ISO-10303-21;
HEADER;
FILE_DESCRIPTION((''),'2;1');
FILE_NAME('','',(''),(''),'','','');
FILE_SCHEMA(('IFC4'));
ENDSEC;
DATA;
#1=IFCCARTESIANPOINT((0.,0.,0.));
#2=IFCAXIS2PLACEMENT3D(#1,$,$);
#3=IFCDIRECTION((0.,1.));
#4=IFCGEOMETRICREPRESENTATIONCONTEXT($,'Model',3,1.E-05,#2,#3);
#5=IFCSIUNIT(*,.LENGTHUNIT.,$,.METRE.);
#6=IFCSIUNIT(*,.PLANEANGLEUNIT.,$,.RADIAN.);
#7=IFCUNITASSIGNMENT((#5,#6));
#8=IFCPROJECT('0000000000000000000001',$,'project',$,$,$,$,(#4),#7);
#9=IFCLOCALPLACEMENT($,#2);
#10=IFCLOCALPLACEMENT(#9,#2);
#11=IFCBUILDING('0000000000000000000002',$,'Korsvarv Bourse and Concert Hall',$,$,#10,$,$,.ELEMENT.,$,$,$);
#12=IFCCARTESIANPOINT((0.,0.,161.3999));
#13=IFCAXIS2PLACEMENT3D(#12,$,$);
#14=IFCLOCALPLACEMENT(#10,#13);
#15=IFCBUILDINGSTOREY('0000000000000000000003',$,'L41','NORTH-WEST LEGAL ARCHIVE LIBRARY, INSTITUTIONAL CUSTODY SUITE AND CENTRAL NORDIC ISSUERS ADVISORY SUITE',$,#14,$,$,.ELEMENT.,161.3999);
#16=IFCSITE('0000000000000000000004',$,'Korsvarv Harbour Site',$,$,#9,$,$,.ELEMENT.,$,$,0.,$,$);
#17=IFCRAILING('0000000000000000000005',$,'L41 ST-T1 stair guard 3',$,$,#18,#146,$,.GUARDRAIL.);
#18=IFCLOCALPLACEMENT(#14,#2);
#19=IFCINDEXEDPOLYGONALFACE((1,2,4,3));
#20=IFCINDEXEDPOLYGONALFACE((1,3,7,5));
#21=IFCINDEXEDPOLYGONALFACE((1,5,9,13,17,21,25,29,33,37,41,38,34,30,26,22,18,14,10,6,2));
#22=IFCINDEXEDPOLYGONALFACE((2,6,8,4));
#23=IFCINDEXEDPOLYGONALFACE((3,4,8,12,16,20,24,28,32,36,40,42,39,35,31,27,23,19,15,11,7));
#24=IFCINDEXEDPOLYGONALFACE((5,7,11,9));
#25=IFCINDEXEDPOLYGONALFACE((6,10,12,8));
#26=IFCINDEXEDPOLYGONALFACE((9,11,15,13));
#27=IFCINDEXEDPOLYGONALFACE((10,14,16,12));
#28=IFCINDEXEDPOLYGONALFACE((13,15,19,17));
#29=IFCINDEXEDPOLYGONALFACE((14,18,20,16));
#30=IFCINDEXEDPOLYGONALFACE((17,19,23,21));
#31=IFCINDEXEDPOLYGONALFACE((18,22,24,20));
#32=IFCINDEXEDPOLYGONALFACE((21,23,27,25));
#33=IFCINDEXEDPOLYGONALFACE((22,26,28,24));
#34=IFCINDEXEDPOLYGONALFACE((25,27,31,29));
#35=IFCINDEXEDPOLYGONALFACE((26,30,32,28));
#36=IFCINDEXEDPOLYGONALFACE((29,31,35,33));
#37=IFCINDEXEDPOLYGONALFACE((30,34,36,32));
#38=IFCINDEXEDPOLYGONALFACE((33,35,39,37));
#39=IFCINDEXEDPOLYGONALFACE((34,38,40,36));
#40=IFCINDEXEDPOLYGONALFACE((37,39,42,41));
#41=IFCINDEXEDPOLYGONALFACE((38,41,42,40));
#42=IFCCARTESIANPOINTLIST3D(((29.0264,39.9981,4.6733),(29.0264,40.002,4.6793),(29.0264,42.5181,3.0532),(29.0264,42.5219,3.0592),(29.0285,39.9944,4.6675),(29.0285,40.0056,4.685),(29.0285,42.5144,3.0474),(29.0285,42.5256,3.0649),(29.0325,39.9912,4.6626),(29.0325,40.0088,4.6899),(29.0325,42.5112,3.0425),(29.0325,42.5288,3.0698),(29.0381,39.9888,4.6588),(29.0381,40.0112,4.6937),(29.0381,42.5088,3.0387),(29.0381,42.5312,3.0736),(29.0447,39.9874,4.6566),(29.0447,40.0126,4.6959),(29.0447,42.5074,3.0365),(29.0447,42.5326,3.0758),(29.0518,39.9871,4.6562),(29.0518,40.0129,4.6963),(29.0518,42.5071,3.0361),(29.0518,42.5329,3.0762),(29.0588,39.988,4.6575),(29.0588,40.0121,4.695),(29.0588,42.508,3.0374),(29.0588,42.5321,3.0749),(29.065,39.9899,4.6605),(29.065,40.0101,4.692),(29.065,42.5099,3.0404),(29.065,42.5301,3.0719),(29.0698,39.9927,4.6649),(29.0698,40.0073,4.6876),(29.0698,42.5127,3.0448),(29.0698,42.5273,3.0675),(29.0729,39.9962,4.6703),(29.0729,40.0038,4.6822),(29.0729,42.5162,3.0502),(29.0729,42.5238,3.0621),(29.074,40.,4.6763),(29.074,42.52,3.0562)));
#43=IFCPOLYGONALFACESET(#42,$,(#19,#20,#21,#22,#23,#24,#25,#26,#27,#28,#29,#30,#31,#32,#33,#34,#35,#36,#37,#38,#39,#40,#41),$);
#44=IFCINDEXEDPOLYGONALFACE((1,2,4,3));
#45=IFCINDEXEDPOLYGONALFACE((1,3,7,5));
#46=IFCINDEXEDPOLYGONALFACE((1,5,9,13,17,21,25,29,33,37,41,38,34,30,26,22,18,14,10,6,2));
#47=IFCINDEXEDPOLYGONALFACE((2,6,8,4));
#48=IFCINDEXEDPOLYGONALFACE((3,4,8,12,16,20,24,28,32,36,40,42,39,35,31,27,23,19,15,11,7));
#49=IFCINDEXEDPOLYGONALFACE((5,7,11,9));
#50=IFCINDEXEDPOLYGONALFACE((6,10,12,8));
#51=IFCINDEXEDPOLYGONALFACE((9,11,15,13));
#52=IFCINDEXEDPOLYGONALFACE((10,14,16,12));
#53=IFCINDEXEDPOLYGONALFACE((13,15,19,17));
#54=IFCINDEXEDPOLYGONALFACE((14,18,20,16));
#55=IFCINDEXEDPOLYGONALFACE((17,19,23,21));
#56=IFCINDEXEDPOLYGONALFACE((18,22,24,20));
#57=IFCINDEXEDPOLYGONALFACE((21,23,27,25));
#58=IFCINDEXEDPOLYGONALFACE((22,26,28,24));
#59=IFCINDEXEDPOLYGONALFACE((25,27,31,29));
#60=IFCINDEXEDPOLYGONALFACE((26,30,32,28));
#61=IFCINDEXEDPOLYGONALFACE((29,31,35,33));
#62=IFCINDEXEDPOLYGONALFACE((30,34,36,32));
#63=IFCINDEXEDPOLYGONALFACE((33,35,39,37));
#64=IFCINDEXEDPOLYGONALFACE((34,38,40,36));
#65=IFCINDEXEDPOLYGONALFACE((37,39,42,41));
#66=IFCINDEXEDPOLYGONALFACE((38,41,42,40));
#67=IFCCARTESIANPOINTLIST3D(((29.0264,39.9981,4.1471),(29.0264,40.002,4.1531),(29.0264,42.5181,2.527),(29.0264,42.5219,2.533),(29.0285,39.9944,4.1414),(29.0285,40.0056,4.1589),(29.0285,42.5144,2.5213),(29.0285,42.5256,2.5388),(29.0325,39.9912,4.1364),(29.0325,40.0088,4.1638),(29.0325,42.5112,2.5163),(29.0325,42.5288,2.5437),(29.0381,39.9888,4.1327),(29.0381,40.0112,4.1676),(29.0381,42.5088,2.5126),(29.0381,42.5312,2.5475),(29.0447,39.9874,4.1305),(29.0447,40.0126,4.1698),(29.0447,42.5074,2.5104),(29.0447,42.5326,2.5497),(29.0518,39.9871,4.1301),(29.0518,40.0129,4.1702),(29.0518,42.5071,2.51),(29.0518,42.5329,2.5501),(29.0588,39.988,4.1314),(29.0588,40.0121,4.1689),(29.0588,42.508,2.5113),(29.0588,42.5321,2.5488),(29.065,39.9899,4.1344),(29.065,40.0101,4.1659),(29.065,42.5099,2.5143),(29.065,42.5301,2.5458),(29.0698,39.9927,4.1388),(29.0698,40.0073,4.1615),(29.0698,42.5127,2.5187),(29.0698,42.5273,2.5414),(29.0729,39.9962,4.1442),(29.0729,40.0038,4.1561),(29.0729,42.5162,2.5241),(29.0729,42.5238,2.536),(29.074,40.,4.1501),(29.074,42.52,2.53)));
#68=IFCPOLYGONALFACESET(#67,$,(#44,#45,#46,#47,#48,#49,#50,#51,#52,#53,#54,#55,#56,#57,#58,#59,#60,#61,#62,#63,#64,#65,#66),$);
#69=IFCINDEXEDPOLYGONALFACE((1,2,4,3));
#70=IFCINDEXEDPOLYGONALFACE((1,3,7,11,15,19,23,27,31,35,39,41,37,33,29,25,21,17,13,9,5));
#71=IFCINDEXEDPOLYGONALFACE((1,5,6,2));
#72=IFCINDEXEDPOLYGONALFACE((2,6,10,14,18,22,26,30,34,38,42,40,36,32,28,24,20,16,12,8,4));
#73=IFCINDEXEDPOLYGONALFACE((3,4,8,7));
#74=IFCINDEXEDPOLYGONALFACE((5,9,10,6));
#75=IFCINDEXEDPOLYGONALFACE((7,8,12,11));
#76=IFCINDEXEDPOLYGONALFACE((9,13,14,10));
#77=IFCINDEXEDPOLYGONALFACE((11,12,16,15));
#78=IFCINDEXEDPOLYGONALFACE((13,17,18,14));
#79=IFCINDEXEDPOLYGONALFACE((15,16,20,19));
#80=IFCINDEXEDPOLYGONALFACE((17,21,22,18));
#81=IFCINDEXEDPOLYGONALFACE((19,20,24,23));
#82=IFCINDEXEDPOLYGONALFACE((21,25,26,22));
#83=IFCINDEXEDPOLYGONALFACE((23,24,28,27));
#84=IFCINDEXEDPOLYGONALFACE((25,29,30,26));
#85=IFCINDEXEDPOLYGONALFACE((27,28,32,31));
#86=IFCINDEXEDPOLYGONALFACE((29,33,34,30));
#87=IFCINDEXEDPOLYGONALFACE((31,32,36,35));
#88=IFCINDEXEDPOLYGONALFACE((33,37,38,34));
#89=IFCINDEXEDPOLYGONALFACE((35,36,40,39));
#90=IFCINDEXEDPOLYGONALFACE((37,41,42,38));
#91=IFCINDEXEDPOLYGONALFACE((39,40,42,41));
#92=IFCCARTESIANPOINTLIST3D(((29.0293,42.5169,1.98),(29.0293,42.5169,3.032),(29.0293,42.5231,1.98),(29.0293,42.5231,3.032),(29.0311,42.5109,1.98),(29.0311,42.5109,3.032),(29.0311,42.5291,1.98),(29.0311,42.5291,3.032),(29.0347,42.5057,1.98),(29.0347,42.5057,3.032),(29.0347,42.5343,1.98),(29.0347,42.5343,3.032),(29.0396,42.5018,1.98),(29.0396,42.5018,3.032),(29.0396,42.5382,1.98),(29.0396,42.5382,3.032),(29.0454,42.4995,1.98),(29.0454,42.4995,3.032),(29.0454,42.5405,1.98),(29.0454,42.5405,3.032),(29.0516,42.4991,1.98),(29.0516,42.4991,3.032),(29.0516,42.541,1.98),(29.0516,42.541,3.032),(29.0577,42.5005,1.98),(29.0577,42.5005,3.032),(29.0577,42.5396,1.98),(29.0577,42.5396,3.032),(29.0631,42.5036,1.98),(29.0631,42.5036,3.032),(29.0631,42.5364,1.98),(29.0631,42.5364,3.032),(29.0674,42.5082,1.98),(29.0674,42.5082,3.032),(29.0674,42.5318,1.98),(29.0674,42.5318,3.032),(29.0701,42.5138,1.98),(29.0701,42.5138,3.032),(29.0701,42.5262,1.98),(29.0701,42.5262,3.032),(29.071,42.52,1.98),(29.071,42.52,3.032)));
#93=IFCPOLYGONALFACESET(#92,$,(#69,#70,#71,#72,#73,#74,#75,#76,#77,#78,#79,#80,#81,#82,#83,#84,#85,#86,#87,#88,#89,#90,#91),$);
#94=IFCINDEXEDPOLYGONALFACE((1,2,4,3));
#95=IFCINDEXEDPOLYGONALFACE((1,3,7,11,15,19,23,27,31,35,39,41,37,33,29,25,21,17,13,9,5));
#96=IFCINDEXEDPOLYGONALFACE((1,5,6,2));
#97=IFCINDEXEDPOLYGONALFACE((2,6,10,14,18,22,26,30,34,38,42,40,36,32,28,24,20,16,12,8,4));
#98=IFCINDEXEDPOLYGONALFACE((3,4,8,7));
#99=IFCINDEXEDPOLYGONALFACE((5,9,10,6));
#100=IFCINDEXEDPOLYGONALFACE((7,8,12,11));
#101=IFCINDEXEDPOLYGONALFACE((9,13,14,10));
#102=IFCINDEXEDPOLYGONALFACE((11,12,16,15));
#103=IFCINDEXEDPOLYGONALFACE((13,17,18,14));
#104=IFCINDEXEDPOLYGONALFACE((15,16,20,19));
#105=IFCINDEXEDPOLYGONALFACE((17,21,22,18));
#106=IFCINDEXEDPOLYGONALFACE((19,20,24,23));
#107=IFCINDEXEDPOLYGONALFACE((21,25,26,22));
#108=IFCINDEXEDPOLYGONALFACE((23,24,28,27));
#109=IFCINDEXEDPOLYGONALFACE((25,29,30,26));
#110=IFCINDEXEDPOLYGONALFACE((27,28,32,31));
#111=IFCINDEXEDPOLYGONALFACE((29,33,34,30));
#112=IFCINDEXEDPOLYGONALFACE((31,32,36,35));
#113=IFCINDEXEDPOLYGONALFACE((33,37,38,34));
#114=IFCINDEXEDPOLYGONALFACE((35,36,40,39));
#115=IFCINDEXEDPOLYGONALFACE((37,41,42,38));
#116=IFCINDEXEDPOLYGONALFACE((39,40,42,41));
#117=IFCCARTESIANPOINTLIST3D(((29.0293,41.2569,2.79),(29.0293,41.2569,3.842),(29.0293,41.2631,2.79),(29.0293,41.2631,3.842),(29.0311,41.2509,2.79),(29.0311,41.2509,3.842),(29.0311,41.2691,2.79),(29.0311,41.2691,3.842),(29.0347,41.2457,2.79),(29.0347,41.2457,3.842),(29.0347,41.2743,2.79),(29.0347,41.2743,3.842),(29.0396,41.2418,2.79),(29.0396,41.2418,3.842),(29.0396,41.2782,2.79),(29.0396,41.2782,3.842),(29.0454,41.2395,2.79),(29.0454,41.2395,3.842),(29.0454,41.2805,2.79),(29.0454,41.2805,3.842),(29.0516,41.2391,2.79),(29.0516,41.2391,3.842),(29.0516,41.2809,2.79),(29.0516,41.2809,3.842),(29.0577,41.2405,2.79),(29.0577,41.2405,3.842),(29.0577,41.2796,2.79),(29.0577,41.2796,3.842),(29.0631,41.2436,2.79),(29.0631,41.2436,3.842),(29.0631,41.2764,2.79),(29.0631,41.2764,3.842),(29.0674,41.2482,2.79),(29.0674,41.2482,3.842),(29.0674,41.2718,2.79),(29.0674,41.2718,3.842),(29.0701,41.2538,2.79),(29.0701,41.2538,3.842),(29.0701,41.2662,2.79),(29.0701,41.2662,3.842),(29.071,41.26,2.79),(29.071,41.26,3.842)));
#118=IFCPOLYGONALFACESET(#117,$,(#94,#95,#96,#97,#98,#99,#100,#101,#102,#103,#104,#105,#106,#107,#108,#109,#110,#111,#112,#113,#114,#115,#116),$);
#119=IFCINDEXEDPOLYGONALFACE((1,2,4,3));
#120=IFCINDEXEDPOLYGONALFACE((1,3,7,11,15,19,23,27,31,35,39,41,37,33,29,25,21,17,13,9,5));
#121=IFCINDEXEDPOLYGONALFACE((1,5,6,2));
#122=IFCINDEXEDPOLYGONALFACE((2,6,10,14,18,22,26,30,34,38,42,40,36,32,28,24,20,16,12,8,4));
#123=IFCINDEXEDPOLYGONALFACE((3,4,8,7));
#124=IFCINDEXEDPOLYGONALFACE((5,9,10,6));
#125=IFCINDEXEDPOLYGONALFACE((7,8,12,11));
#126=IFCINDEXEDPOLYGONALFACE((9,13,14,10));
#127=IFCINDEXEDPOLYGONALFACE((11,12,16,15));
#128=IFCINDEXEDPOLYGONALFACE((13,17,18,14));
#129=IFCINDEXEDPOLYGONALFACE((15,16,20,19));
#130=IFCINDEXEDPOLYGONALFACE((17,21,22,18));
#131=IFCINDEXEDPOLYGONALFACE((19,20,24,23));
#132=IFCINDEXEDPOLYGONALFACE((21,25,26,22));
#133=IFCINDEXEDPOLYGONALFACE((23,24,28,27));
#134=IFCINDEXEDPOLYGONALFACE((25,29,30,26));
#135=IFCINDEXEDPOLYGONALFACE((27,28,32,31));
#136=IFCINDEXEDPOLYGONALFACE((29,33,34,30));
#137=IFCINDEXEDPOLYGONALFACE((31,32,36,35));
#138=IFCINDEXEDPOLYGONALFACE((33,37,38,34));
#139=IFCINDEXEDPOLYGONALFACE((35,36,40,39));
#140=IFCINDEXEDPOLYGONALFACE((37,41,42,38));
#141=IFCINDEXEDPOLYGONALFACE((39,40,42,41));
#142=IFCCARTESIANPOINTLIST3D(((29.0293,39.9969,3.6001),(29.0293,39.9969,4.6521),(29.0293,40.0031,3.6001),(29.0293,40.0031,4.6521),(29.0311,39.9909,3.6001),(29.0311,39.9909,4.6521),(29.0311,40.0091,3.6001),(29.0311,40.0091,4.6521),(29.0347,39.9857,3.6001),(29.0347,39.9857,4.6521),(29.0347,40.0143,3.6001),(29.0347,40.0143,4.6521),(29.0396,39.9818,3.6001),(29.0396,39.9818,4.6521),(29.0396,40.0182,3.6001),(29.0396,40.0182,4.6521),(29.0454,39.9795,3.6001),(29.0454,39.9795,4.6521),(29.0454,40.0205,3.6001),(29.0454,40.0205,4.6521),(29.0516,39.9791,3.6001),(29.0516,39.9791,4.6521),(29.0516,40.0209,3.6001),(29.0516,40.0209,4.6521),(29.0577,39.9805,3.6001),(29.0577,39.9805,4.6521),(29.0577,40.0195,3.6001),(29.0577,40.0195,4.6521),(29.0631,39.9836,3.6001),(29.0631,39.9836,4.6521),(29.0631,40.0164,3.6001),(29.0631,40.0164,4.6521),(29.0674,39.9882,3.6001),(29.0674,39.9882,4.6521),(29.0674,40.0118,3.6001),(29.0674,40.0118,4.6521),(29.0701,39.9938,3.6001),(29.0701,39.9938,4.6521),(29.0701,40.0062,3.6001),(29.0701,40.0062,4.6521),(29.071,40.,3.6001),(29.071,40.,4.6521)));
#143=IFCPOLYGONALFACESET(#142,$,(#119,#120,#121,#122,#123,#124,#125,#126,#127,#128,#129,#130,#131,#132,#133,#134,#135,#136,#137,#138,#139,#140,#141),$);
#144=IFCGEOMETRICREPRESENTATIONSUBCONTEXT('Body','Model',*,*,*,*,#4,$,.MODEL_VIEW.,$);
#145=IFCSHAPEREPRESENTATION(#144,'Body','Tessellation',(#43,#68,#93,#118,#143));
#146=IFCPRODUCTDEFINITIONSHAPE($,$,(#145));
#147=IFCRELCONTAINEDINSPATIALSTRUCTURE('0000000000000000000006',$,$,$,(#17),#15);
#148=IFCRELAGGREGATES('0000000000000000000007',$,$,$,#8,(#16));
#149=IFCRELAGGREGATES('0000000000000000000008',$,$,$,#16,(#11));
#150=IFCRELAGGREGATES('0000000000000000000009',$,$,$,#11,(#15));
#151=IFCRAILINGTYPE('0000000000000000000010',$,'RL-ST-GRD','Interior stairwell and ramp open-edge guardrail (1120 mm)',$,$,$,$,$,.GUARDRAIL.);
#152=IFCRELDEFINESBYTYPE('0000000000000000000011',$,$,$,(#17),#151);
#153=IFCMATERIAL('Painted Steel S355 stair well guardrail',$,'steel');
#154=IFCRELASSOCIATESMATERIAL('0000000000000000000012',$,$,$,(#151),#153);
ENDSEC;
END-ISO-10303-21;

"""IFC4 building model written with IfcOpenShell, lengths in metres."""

from ifc_helpers import new_model, si_unit, direction, frame, origin, origin_2d, place, context, subcontext, project, spatial, circle, extrude, material, type_object, element, save


model = new_model("IFC4")

# Units and contexts
model_context = context("Model", 3, precision=1e-05, world=origin(), true_north=direction((0.0, 1.0)))
body_context = subcontext(model_context, "Body", "Model", "MODEL_VIEW")
ifc_project = project(units=[si_unit("LENGTHUNIT", "METRE"), si_unit("PLANEANGLEUNIT", "RADIAN")], contexts=[model_context])

# Site, building, storey
site_placement = place(None, origin())
site = spatial("IfcSite", under=ifc_project, at=site_placement, Name="Korsvarv Harbour Site", CompositionType="ELEMENT", RefElevation=0.0)
building_placement = place(site_placement, origin())
building = spatial("IfcBuilding", under=site, at=building_placement, Name="Korsvarv Bourse and Concert Hall", CompositionType="ELEMENT")
storey_placement = place(building_placement, frame((0.0, 0.0, 161.3999)))
storey = spatial("IfcBuildingStorey", under=building, at=storey_placement, Name="L41", Description="NORTH-WEST LEGAL ARCHIVE LIBRARY, INSTITUTIONAL CUSTODY SUITE AND CENTRAL NORDIC ISSUERS ADVISORY SUITE", CompositionType="ELEMENT", Elevation=161.3999)

# Railing
ifc_material_1 = material(Name="Painted Steel S355 stair well guardrail", Category="steel")
railing_type = type_object("IfcRailingType", Name="RL-ST-GRD", Description="Interior stairwell and ramp open-edge guardrail (1120 mm)", PredefinedType="GUARDRAIL", material=ifc_material_1)
railing_1_placement = place(storey_placement, frame((29.05, 42.52, 1.98)))
element("IfcRailing", 1, at=railing_1_placement, inside=storey, type_object=railing_type, Name="L41 ST-T1 stair guard 3", PredefinedType="GUARDRAIL", context=body_context, shape_type="SweptSolid", body=[
    extrude(circle(Radius=0.0239, at=origin_2d()), frame((0.0, 0.0, 1.0762), z_axis=(0.0, -0.841163, 0.540782), x_axis=(1.0, 0.0, 0.0)), (0.0, 0.0, 1.0), 2.9958),
    extrude(circle(Radius=0.0239, at=origin_2d()), frame((0.0, 0.0, 0.55), z_axis=(0.0, -0.841163, 0.540782), x_axis=(1.0, 0.0, 0.0)), (0.0, 0.0, 1.0), 2.9958),
    extrude(circle(Radius=0.021, at=origin_2d()), origin(), (0.0, 0.0, 1.0), 1.052),
    extrude(circle(Radius=0.021, at=origin_2d()), frame((0.0, -1.26, 0.8101)), (0.0, 0.0, 1.0), 1.052),
    extrude(circle(Radius=0.021, at=origin_2d()), frame((0.0, -2.52, 1.6201)), (0.0, 0.0, 1.0), 1.052),
])

save(model, "model.ifc")
